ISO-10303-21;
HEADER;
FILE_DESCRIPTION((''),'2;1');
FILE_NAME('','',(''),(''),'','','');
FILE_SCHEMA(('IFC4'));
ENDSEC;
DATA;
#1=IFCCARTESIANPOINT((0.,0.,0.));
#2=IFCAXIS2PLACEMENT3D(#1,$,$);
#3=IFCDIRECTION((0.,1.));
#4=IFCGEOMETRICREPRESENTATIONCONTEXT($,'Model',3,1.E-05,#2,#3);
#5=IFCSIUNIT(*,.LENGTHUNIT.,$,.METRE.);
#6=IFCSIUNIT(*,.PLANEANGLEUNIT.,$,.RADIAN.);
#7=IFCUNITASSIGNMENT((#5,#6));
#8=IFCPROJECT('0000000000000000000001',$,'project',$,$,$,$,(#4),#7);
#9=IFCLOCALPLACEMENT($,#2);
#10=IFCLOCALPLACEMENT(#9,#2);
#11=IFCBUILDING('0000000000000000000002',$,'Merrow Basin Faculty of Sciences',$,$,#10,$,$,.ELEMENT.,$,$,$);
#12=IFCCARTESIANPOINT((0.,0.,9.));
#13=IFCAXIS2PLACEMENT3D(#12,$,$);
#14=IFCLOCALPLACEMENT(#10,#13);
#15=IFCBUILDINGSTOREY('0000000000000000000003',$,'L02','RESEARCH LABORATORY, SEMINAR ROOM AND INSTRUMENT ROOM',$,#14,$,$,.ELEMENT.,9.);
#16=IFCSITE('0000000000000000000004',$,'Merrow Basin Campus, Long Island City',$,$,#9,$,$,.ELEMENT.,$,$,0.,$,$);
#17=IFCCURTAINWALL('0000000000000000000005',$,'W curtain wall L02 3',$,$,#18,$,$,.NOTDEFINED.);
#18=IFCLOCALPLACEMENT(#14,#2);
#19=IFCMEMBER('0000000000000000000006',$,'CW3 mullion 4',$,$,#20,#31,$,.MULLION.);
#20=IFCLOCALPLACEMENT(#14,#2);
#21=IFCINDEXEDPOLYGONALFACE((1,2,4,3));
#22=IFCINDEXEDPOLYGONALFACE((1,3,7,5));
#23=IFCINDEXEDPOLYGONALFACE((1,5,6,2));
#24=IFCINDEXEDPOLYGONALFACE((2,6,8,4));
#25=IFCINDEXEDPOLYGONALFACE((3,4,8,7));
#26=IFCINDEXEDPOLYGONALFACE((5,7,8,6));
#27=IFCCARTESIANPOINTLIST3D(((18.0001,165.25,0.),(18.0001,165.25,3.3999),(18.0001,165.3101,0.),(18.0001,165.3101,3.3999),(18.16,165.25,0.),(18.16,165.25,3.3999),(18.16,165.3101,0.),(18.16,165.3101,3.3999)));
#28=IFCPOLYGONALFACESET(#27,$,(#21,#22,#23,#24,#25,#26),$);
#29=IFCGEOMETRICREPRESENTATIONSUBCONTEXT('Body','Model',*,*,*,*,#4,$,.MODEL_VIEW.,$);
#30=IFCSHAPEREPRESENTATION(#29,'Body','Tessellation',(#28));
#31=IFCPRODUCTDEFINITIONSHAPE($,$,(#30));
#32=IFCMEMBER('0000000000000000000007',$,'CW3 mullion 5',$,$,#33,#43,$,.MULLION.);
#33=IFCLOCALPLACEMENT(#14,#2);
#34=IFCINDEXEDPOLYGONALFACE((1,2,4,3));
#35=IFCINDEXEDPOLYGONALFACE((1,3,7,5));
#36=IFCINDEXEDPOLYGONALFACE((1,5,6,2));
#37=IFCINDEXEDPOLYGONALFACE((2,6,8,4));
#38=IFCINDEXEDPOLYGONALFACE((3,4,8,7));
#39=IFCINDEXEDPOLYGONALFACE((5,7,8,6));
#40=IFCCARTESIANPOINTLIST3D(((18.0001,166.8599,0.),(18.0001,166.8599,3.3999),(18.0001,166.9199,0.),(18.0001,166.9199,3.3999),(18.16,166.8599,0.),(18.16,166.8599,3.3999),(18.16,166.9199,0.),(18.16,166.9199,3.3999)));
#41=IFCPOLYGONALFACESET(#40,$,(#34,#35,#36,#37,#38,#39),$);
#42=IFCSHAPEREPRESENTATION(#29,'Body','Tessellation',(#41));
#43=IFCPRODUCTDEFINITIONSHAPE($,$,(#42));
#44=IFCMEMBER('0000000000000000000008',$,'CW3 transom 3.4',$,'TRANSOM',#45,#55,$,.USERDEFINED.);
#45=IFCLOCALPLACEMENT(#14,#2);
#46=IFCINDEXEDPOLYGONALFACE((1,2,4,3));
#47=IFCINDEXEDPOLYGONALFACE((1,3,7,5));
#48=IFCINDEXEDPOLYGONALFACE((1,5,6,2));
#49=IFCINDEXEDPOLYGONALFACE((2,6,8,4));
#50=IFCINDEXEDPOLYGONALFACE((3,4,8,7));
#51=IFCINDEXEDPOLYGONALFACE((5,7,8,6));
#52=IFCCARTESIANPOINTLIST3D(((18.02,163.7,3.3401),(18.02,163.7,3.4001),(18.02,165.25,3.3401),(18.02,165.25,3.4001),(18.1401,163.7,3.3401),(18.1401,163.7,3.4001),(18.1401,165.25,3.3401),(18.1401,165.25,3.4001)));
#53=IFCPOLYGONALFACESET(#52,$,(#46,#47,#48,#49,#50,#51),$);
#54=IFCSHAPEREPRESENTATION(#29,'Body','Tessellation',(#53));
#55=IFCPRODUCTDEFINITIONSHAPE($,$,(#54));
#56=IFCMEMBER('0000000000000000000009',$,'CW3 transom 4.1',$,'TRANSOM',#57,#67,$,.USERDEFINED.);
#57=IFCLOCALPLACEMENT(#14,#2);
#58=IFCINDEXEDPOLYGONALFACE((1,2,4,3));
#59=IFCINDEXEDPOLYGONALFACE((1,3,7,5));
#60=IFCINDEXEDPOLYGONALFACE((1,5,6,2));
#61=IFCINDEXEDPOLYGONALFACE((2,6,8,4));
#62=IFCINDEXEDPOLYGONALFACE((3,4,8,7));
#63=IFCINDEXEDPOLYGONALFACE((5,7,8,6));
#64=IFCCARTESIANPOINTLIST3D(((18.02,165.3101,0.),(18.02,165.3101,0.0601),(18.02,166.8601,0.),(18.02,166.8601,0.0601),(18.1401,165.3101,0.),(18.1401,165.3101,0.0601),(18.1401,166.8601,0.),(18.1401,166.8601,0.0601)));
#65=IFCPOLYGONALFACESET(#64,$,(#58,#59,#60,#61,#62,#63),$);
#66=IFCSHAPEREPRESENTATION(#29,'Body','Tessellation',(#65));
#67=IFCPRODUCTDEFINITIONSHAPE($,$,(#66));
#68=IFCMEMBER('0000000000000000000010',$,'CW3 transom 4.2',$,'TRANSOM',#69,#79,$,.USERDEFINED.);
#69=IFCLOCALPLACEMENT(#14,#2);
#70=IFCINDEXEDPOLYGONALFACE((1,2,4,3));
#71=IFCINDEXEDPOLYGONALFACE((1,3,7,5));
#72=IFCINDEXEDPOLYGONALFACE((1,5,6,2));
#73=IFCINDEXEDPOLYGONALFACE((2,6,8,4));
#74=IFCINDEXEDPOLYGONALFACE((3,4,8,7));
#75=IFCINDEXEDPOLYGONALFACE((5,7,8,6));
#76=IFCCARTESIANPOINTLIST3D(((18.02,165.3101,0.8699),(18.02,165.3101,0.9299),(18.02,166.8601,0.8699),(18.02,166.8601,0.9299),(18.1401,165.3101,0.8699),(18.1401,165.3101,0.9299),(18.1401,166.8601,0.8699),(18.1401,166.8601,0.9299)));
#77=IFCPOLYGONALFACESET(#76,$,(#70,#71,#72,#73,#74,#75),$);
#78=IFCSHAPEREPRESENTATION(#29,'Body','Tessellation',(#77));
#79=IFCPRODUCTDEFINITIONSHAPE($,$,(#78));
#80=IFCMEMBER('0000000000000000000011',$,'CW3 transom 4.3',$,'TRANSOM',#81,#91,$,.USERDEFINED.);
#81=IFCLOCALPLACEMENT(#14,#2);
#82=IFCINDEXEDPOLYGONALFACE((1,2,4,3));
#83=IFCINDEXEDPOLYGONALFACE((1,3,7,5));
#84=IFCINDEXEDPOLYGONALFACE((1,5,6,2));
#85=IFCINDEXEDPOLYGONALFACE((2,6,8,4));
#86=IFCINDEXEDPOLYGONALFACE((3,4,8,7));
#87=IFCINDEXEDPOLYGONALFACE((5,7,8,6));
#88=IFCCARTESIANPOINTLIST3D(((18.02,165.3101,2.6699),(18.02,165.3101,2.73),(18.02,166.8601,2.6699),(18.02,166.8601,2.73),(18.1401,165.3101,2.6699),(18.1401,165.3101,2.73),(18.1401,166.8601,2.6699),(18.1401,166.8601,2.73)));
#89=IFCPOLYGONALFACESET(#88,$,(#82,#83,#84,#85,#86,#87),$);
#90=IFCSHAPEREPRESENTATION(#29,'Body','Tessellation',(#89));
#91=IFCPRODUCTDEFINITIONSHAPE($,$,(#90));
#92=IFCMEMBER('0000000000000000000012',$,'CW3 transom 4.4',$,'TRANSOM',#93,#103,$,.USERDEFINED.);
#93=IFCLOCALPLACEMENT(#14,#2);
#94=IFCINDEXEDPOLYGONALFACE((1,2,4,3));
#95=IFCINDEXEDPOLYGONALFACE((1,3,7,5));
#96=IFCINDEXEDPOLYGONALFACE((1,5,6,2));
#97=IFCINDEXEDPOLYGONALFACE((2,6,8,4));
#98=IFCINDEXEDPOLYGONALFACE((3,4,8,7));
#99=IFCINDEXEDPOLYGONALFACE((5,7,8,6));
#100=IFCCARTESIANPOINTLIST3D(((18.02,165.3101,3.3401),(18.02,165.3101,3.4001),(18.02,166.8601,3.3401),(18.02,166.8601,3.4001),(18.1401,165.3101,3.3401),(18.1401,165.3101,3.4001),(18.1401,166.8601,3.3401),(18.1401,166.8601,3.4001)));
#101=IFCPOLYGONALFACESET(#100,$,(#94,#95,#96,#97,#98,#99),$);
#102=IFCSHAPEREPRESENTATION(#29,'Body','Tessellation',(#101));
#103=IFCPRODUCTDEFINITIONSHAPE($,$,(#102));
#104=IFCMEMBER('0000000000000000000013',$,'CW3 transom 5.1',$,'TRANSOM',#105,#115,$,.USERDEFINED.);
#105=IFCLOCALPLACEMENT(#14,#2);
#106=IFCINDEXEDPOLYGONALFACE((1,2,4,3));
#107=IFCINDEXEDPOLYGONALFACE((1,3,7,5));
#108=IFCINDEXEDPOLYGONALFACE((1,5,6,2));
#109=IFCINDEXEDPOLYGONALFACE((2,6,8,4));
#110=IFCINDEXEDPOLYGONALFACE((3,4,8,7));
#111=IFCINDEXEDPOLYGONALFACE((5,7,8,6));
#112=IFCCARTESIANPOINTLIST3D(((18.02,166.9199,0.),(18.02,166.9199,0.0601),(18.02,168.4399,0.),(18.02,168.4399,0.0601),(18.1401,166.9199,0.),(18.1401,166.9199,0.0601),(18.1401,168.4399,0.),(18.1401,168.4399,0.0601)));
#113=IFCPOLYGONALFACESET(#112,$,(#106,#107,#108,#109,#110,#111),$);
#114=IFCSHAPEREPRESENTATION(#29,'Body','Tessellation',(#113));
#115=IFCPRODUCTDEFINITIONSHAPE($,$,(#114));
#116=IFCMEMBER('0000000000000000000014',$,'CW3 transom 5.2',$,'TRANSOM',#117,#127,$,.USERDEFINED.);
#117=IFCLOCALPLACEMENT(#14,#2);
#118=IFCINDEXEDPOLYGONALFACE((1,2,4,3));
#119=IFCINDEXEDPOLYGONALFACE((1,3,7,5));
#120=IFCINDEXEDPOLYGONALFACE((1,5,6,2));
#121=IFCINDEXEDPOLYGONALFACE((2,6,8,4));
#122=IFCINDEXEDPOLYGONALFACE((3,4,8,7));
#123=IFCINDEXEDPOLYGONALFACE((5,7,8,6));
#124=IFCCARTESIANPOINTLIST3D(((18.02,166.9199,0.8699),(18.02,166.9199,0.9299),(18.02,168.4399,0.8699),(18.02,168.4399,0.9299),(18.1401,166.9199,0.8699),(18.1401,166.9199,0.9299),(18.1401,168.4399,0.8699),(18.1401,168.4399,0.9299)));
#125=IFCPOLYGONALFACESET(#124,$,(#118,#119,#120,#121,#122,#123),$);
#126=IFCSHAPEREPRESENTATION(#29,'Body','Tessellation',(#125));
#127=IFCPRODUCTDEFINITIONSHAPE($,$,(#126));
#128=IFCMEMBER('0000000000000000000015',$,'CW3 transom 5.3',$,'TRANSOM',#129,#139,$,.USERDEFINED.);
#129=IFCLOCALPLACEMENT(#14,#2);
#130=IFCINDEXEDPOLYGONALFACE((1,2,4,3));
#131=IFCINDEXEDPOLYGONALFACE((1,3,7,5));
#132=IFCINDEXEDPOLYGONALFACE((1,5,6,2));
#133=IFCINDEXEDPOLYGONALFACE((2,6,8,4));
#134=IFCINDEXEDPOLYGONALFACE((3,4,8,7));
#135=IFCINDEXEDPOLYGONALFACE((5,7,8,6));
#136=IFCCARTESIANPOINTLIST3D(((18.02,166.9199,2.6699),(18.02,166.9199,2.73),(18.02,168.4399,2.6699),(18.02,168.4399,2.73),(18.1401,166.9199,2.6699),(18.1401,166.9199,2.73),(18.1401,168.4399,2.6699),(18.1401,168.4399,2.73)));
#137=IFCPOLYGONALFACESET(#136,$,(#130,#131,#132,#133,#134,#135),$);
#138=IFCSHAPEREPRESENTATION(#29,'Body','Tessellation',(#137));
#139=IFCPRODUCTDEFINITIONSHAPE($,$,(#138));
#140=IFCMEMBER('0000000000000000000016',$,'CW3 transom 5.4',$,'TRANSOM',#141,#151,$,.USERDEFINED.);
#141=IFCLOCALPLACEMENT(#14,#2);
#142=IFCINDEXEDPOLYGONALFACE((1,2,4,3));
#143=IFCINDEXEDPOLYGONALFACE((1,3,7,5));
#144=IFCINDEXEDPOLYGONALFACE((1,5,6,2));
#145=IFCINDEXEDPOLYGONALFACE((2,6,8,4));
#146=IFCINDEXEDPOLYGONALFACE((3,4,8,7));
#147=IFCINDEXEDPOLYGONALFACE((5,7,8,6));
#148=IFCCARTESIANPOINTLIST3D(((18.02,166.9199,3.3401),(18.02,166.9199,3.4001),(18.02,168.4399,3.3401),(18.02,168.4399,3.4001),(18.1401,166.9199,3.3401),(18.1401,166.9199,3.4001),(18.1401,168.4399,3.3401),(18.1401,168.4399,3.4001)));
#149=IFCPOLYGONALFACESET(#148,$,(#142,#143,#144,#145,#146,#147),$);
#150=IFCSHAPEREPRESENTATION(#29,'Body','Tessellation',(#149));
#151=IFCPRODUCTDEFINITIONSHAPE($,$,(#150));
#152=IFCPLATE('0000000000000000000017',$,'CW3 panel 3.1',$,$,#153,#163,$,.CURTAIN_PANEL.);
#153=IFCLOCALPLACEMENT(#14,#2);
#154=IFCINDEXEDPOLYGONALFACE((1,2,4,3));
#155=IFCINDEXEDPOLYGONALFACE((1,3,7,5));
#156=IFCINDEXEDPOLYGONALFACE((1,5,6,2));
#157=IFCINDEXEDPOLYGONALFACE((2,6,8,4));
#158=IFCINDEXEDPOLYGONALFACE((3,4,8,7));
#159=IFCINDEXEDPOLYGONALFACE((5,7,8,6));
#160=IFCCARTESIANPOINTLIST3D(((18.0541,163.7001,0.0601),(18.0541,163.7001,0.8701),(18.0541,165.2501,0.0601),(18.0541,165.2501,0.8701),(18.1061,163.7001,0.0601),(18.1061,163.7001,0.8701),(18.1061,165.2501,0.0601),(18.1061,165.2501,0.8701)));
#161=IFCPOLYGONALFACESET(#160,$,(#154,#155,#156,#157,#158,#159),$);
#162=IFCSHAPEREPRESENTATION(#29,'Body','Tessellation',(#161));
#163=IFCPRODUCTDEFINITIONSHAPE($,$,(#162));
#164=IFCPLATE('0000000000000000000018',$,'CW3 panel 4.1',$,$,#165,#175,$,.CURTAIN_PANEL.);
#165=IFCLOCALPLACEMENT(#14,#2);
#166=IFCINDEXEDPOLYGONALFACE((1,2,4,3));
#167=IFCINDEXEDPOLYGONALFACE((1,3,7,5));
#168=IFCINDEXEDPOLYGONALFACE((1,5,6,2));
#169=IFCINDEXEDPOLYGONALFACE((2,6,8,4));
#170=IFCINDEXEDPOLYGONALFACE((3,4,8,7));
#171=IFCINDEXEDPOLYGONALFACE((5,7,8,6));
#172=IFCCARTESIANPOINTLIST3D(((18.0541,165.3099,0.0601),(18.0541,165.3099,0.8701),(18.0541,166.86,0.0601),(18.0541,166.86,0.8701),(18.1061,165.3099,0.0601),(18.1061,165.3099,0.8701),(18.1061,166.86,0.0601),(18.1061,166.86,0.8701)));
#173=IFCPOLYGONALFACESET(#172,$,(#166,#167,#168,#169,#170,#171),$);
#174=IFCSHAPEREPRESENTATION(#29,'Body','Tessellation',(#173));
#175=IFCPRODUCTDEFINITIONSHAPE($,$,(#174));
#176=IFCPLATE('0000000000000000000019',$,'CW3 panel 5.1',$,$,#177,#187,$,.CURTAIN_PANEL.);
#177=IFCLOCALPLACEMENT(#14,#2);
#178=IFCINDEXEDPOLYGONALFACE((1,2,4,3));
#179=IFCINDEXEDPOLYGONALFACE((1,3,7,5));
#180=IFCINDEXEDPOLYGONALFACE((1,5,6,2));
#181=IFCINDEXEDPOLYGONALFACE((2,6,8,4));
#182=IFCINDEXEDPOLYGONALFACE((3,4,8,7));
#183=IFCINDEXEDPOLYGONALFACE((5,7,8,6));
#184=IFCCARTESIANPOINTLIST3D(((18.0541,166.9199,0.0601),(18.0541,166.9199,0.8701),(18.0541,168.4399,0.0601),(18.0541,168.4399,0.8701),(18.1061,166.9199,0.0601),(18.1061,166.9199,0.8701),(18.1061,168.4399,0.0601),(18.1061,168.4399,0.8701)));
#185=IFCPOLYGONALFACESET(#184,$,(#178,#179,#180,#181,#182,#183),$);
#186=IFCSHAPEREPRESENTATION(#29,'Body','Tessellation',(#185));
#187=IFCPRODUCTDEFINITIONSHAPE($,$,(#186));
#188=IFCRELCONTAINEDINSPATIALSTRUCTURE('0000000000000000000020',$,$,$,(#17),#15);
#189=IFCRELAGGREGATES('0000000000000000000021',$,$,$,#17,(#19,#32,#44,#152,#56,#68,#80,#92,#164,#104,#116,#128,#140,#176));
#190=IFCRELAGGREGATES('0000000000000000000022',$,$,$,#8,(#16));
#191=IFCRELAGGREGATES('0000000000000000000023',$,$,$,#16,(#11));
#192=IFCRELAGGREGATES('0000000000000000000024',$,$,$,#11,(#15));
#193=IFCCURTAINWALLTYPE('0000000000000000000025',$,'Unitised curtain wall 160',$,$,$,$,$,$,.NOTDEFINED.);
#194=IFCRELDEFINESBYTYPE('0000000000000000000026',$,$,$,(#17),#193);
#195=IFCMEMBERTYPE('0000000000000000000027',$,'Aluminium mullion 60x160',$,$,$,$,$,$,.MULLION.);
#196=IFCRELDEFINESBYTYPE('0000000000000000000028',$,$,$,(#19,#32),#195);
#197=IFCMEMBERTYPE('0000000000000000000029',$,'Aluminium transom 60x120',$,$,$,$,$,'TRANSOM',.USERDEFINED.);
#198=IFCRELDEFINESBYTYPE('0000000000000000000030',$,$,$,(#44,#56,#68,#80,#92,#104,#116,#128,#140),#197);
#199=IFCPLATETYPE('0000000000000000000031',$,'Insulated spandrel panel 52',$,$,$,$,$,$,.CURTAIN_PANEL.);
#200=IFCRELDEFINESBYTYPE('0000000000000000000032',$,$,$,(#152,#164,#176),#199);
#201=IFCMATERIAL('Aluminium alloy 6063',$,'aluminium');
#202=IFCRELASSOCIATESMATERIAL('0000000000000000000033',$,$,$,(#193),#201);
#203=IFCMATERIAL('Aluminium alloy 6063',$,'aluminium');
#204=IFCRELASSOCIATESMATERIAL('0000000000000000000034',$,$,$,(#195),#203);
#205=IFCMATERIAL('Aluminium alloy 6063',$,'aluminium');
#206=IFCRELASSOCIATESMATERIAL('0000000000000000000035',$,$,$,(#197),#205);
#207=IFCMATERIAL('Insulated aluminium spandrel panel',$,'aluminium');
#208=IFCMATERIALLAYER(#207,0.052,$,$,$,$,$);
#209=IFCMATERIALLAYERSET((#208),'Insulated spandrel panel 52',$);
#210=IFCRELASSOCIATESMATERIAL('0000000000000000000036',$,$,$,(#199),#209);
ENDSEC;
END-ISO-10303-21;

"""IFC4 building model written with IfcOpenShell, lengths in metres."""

from ifc_helpers import new_model, si_unit, direction, frame, origin, origin_2d, place, context, subcontext, project, spatial, rectangle, extrude, material, layer, layer_set, material_profile, profile_set, type_object, element, aggregate, save


model = new_model("IFC4")

# Units and contexts
model_context = context("Model", 3, precision=1e-05, world=origin(), true_north=direction((0.0, 1.0)))
body_context = subcontext(model_context, "Body", "Model", "MODEL_VIEW")
ifc_project = project(units=[si_unit("LENGTHUNIT", "METRE"), si_unit("PLANEANGLEUNIT", "RADIAN")], contexts=[model_context])

# Site, building, storey
site_placement = place(None, origin())
site = spatial("IfcSite", under=ifc_project, at=site_placement, Name="Merrow Basin Campus, Long Island City", CompositionType="ELEMENT", RefElevation=0.0)
building_placement = place(site_placement, origin())
building = spatial("IfcBuilding", under=site, at=building_placement, Name="Merrow Basin Faculty of Sciences", CompositionType="ELEMENT")
storey_placement = place(building_placement, frame((0.0, 0.0, 9.0)))
storey = spatial("IfcBuildingStorey", under=building, at=storey_placement, Name="L02", Description="RESEARCH LABORATORY, SEMINAR ROOM AND INSTRUMENT ROOM", CompositionType="ELEMENT", Elevation=9.0)

# Curtain wall, members, plates
ifc_material_1 = material(Name="Aluminium alloy 6063", Category="aluminium")
curtain_wall_type = type_object("IfcCurtainWallType", Name="Unitised curtain wall 160", PredefinedType="NOTDEFINED", material=ifc_material_1)
curtain_wall_placement = place(storey_placement, origin())
curtain_wall = element("IfcCurtainWall", 1, at=curtain_wall_placement, inside=storey, type_object=curtain_wall_type, Name="W curtain wall L02 3", PredefinedType="NOTDEFINED")
ifc_material_2 = material(Name="Aluminium alloy 6063", Category="aluminium")
ifc_material_profile_1 = material_profile(ifc_material_2, rectangle(XDim=0.1599, YDim=0.0601, at=origin_2d()))
ifc_profile_set_1 = profile_set([ifc_material_profile_1], Name="Aluminium alloy 6063")
member_type_1 = type_object("IfcMemberType", Name="Aluminium mullion 60x160", PredefinedType="MULLION", material=ifc_profile_set_1)
member_1_placement = place(storey_placement, frame((18.0801, 165.28, 0.0), z_axis=(0.0, 0.0, 1.0), x_axis=(-1.0, 0.0, 0.0)))
member_1 = element("IfcMember", 2, at=member_1_placement, type_object=member_type_1, Name="CW3 mullion 4", PredefinedType="MULLION", context=body_context, shape_type="SweptSolid", body=[
    extrude(rectangle(XDim=0.1599, YDim=0.0601, at=origin_2d()), origin(), (0.0, 0.0, 1.0), 3.3999),
])
member_2_placement = place(storey_placement, frame((18.0801, 166.8899, 0.0), z_axis=(0.0, 0.0, 1.0), x_axis=(-1.0, 0.0, 0.0)))
member_2 = element("IfcMember", 3, at=member_2_placement, type_object=member_type_1, Name="CW3 mullion 5", PredefinedType="MULLION", context=body_context, shape_type="SweptSolid", body=[
    extrude(rectangle(XDim=0.1599, YDim=0.0601, at=origin_2d()), origin(), (0.0, 0.0, 1.0), 3.3999),
])
ifc_material_3 = material(Name="Aluminium alloy 6063", Category="aluminium")
ifc_material_profile_2 = material_profile(ifc_material_3, rectangle(XDim=0.1201, YDim=0.0601, at=origin_2d()))
ifc_profile_set_2 = profile_set([ifc_material_profile_2], Name="Aluminium alloy 6063")
member_type_2 = type_object("IfcMemberType", Name="Aluminium transom 60x120", ElementType="TRANSOM", PredefinedType="USERDEFINED", material=ifc_profile_set_2)
member_3_placement = place(storey_placement, frame((18.0801, 163.7, 3.3701), z_axis=(0.0, 1.0, 0.0), x_axis=(-1.0, 0.0, 0.0)))
member_3 = element("IfcMember", 4, at=member_3_placement, type_object=member_type_2, Name="CW3 transom 3.4", ObjectType="TRANSOM", PredefinedType="USERDEFINED", context=body_context, shape_type="SweptSolid", body=[
    extrude(rectangle(XDim=0.1201, YDim=0.0601, at=origin_2d()), origin(), (0.0, 0.0, 1.0), 1.55),
])
member_4_placement = place(storey_placement, frame((18.0801, 165.3101, 0.03), z_axis=(0.0, 1.0, 0.0), x_axis=(-1.0, 0.0, 0.0)))
member_4 = element("IfcMember", 5, at=member_4_placement, type_object=member_type_2, Name="CW3 transom 4.1", ObjectType="TRANSOM", PredefinedType="USERDEFINED", context=body_context, shape_type="SweptSolid", body=[
    extrude(rectangle(XDim=0.1201, YDim=0.0601, at=origin_2d()), origin(), (0.0, 0.0, 1.0), 1.55),
])
member_5_placement = place(storey_placement, frame((18.0801, 165.3101, 0.8999), z_axis=(0.0, 1.0, 0.0), x_axis=(-1.0, 0.0, 0.0)))
member_5 = element("IfcMember", 6, at=member_5_placement, type_object=member_type_2, Name="CW3 transom 4.2", ObjectType="TRANSOM", PredefinedType="USERDEFINED", context=body_context, shape_type="SweptSolid", body=[
    extrude(rectangle(XDim=0.1201, YDim=0.0601, at=origin_2d()), origin(), (0.0, 0.0, 1.0), 1.55),
])
member_6_placement = place(storey_placement, frame((18.0801, 165.3101, 2.7), z_axis=(0.0, 1.0, 0.0), x_axis=(-1.0, 0.0, 0.0)))
member_6 = element("IfcMember", 7, at=member_6_placement, type_object=member_type_2, Name="CW3 transom 4.3", ObjectType="TRANSOM", PredefinedType="USERDEFINED", context=body_context, shape_type="SweptSolid", body=[
    extrude(rectangle(XDim=0.1201, YDim=0.0601, at=origin_2d()), origin(), (0.0, 0.0, 1.0), 1.55),
])
member_7_placement = place(storey_placement, frame((18.0801, 165.3101, 3.3701), z_axis=(0.0, 1.0, 0.0), x_axis=(-1.0, 0.0, 0.0)))
member_7 = element("IfcMember", 8, at=member_7_placement, type_object=member_type_2, Name="CW3 transom 4.4", ObjectType="TRANSOM", PredefinedType="USERDEFINED", context=body_context, shape_type="SweptSolid", body=[
    extrude(rectangle(XDim=0.1201, YDim=0.0601, at=origin_2d()), origin(), (0.0, 0.0, 1.0), 1.55),
])
member_8_placement = place(storey_placement, frame((18.0801, 166.9199, 0.03), z_axis=(0.0, 1.0, 0.0), x_axis=(-1.0, 0.0, 0.0)))
member_8 = element("IfcMember", 9, at=member_8_placement, type_object=member_type_2, Name="CW3 transom 5.1", ObjectType="TRANSOM", PredefinedType="USERDEFINED", context=body_context, shape_type="SweptSolid", body=[
    extrude(rectangle(XDim=0.1201, YDim=0.0601, at=origin_2d()), origin(), (0.0, 0.0, 1.0), 1.52),
])
member_9_placement = place(storey_placement, frame((18.0801, 166.9199, 0.8999), z_axis=(0.0, 1.0, 0.0), x_axis=(-1.0, 0.0, 0.0)))
member_9 = element("IfcMember", 10, at=member_9_placement, type_object=member_type_2, Name="CW3 transom 5.2", ObjectType="TRANSOM", PredefinedType="USERDEFINED", context=body_context, shape_type="SweptSolid", body=[
    extrude(rectangle(XDim=0.1201, YDim=0.0601, at=origin_2d()), origin(), (0.0, 0.0, 1.0), 1.52),
])
member_10_placement = place(storey_placement, frame((18.0801, 166.9199, 2.7), z_axis=(0.0, 1.0, 0.0), x_axis=(-1.0, 0.0, 0.0)))
member_10 = element("IfcMember", 11, at=member_10_placement, type_object=member_type_2, Name="CW3 transom 5.3", ObjectType="TRANSOM", PredefinedType="USERDEFINED", context=body_context, shape_type="SweptSolid", body=[
    extrude(rectangle(XDim=0.1201, YDim=0.0601, at=origin_2d()), origin(), (0.0, 0.0, 1.0), 1.52),
])
member_11_placement = place(storey_placement, frame((18.0801, 166.9199, 3.3701), z_axis=(0.0, 1.0, 0.0), x_axis=(-1.0, 0.0, 0.0)))
member_11 = element("IfcMember", 12, at=member_11_placement, type_object=member_type_2, Name="CW3 transom 5.4", ObjectType="TRANSOM", PredefinedType="USERDEFINED", context=body_context, shape_type="SweptSolid", body=[
    extrude(rectangle(XDim=0.1201, YDim=0.0601, at=origin_2d()), origin(), (0.0, 0.0, 1.0), 1.52),
])
ifc_material_4 = material(Name="Insulated aluminium spandrel panel", Category="aluminium")
ifc_layer_1 = layer(ifc_material_4, 0.052)
ifc_layer_set_1 = layer_set([ifc_layer_1], Name="Insulated spandrel panel 52")
plate_type_1 = type_object("IfcPlateType", Name="Insulated spandrel panel 52", PredefinedType="CURTAIN_PANEL", material=ifc_layer_set_1)
plate_1_placement = place(storey_placement, frame((18.0801, 164.4751, 0.0601), z_axis=(0.0, 0.0, 1.0), x_axis=(0.0, 1.0, 0.0)))
plate_1 = element("IfcPlate", 13, at=plate_1_placement, type_object=plate_type_1, Name="CW3 panel 3.1", PredefinedType="CURTAIN_PANEL", context=body_context, shape_type="SweptSolid", body=[
    extrude(rectangle(XDim=1.55, YDim=0.052, at=origin_2d()), origin(), (0.0, 0.0, 1.0), 0.8101),
])
plate_2_placement = place(storey_placement, frame((18.0801, 166.085, 0.0601), z_axis=(0.0, 0.0, 1.0), x_axis=(0.0, 1.0, 0.0)))
plate_2 = element("IfcPlate", 14, at=plate_2_placement, type_object=plate_type_1, Name="CW3 panel 4.1", PredefinedType="CURTAIN_PANEL", context=body_context, shape_type="SweptSolid", body=[
    extrude(rectangle(XDim=1.55, YDim=0.052, at=origin_2d()), origin(), (0.0, 0.0, 1.0), 0.8101),
])
plate_3_placement = place(storey_placement, frame((18.0801, 167.6799, 0.0601), z_axis=(0.0, 0.0, 1.0), x_axis=(0.0, 1.0, 0.0)))
plate_3 = element("IfcPlate", 15, at=plate_3_placement, type_object=plate_type_1, Name="CW3 panel 5.1", PredefinedType="CURTAIN_PANEL", context=body_context, shape_type="SweptSolid", body=[
    extrude(rectangle(XDim=1.52, YDim=0.052, at=origin_2d()), origin(), (0.0, 0.0, 1.0), 0.8101),
])
aggregate(curtain_wall, [member_1, member_2, member_3, plate_1, member_4, member_5, member_6, member_7, plate_2, member_8, member_9, member_10, member_11, plate_3])

save(model, "model.ifc")
